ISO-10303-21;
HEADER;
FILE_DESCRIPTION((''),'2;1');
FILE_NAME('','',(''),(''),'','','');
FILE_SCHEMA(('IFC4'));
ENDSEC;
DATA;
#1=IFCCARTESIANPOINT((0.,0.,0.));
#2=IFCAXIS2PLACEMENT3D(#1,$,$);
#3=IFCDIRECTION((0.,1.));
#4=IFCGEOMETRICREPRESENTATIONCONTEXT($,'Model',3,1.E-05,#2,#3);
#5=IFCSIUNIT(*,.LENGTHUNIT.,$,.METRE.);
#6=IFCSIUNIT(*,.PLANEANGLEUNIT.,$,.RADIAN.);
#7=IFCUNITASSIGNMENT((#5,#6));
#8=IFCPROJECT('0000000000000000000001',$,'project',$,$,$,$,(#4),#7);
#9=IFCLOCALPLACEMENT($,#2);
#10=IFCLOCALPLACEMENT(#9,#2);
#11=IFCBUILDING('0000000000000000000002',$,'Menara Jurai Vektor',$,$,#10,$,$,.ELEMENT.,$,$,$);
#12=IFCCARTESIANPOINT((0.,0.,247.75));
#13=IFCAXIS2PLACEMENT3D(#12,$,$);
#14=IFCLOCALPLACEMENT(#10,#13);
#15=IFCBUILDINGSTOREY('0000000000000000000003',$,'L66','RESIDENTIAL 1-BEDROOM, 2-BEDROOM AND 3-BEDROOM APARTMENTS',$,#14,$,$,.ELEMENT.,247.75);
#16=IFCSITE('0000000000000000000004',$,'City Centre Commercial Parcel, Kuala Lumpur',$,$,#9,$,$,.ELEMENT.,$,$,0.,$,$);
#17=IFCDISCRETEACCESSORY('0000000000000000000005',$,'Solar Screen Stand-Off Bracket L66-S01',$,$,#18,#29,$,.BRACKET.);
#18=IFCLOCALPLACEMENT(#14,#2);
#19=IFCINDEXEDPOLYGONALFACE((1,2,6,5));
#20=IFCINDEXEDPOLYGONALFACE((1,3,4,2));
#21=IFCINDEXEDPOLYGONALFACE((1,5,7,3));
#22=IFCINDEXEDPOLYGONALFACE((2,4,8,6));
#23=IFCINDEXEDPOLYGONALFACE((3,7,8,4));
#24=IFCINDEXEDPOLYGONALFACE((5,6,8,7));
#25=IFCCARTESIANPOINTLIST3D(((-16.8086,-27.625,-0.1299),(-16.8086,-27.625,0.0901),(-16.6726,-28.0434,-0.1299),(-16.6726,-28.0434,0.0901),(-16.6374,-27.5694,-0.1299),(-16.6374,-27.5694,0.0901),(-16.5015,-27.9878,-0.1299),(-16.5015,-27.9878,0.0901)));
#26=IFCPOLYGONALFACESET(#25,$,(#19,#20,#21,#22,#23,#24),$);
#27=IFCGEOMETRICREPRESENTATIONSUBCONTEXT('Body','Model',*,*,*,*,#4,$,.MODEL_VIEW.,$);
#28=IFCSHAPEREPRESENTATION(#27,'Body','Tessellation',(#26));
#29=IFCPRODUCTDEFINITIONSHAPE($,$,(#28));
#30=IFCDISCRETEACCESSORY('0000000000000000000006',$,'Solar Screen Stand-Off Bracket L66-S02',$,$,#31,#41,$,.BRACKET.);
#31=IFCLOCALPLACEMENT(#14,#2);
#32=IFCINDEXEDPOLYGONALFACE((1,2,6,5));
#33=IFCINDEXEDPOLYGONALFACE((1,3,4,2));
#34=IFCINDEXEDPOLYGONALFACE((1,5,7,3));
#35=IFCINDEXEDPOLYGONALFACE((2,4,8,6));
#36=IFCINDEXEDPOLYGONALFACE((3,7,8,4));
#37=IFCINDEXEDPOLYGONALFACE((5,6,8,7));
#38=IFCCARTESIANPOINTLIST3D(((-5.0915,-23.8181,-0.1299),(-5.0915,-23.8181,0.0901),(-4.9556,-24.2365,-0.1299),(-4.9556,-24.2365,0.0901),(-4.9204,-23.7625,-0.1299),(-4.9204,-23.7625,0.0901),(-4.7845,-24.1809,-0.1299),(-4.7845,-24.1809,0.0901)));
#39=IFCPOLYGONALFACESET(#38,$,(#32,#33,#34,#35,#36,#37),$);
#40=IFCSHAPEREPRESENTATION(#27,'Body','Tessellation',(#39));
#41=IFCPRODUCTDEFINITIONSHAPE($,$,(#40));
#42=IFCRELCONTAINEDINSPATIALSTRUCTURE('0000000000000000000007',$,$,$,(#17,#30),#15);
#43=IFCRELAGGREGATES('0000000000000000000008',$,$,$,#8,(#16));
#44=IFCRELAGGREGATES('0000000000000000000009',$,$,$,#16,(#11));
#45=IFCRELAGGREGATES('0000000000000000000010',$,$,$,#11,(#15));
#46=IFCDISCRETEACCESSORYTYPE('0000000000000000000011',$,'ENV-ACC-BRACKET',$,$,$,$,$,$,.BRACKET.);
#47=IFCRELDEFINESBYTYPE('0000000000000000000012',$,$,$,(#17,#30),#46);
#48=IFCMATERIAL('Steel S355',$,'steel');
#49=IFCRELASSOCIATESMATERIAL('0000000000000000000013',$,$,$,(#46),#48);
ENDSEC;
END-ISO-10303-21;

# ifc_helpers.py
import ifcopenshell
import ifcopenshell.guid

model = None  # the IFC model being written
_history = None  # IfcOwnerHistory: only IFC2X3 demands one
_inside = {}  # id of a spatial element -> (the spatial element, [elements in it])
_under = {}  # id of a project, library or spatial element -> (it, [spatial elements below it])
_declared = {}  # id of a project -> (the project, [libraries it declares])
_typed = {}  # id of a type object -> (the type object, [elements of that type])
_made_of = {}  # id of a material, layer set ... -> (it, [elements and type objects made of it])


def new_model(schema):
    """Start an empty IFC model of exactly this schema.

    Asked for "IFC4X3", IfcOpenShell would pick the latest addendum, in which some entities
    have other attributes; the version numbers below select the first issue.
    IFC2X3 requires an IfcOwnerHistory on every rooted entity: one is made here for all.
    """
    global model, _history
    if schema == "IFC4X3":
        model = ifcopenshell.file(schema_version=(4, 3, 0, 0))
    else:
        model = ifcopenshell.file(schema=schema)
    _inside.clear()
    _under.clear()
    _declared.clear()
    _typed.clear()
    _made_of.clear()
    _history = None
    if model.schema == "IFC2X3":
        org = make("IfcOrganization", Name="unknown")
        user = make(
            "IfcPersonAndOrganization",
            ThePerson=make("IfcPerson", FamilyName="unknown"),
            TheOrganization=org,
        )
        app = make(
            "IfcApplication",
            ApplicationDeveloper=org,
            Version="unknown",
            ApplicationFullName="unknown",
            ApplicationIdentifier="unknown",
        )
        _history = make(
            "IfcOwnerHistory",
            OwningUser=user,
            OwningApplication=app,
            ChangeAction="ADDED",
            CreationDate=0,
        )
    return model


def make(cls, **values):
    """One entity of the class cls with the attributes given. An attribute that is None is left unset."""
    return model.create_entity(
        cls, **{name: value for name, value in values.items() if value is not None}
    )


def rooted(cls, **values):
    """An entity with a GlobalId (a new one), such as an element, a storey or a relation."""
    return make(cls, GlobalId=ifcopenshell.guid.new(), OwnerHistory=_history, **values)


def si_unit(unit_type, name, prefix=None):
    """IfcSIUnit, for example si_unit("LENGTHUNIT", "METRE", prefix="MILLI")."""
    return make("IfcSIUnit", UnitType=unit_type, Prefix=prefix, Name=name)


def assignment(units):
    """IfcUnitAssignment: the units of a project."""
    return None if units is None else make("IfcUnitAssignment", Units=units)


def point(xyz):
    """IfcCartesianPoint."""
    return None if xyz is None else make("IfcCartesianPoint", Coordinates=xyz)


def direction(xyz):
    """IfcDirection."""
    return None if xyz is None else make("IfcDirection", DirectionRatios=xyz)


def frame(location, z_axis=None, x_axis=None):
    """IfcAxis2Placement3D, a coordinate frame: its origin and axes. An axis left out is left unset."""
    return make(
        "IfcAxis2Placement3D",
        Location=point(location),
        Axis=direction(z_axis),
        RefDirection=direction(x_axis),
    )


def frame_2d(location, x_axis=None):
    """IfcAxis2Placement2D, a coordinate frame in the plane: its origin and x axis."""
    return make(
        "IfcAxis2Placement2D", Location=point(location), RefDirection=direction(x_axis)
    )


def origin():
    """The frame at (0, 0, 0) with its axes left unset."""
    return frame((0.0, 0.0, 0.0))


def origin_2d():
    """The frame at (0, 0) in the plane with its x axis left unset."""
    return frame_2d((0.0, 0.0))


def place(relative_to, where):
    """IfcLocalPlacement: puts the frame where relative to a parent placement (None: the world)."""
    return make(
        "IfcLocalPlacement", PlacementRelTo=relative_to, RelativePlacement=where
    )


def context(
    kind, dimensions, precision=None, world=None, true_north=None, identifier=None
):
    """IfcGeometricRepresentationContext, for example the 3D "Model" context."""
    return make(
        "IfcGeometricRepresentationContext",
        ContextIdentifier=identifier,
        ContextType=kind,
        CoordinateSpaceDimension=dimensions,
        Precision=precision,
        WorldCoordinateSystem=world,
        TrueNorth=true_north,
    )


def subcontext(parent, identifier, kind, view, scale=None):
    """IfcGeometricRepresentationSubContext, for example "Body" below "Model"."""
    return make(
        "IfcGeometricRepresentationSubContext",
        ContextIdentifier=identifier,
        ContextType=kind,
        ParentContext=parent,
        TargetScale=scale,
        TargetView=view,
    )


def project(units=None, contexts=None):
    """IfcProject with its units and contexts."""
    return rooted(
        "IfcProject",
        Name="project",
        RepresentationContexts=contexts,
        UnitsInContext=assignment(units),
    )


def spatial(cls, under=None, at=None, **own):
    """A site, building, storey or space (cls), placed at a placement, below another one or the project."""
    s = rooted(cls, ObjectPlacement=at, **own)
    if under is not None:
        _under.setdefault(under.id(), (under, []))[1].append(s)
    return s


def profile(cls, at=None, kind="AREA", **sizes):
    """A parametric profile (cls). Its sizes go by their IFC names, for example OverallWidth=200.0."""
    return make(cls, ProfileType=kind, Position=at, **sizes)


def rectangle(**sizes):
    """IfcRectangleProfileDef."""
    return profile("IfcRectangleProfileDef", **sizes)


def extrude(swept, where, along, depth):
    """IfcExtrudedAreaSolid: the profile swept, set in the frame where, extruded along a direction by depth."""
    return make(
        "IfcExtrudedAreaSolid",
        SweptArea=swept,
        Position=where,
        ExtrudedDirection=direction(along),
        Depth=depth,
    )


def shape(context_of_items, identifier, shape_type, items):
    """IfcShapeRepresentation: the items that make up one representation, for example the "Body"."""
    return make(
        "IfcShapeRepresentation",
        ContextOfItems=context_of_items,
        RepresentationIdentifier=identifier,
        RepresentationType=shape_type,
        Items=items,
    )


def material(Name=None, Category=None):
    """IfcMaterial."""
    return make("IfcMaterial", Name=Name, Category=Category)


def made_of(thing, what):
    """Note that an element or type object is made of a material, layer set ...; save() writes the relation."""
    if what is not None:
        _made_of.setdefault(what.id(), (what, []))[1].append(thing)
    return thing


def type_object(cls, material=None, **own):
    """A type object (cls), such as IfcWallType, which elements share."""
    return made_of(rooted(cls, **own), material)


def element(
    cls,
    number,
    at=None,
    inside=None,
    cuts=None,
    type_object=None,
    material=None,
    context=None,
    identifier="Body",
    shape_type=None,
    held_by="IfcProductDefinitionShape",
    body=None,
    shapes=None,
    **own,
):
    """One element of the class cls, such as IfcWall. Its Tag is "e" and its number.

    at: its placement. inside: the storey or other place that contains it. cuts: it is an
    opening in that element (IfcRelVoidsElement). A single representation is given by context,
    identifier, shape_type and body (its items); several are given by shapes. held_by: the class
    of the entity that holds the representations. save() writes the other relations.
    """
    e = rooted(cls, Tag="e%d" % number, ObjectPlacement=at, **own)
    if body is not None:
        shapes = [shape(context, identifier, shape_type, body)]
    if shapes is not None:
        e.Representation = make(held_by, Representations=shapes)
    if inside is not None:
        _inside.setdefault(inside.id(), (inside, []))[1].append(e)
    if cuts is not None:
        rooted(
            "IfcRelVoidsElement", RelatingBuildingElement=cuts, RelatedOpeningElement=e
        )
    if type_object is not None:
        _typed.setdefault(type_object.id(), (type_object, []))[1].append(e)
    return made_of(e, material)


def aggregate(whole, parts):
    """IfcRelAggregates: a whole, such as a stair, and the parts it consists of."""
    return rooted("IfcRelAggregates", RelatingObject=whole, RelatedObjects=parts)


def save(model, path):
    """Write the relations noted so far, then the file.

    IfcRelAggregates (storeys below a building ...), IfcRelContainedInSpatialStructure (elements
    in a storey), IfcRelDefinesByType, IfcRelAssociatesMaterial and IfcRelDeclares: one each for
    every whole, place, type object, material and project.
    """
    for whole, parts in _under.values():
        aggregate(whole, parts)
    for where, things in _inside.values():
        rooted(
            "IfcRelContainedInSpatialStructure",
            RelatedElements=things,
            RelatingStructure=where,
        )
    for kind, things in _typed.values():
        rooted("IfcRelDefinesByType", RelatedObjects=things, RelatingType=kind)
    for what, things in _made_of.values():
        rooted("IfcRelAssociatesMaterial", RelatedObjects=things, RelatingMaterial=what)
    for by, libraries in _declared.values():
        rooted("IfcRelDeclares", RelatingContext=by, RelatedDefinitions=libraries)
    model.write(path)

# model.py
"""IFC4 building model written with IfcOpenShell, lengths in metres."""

from ifc_helpers import new_model, si_unit, direction, frame, origin, origin_2d, place, context, subcontext, project, spatial, rectangle, extrude, material, type_object, element, save


model = new_model("IFC4")

# Units and contexts
model_context = context("Model", 3, precision=1e-05, world=origin(), true_north=direction((0.0, 1.0)))
body_context = subcontext(model_context, "Body", "Model", "MODEL_VIEW")
ifc_project = project(units=[si_unit("LENGTHUNIT", "METRE"), si_unit("PLANEANGLEUNIT", "RADIAN")], contexts=[model_context])

# Site, building, storey
site_placement = place(None, origin())
site = spatial("IfcSite", under=ifc_project, at=site_placement, Name="City Centre Commercial Parcel, Kuala Lumpur", CompositionType="ELEMENT", RefElevation=0.0)
building_placement = place(site_placement, origin())
building = spatial("IfcBuilding", under=site, at=building_placement, Name="Menara Jurai Vektor", CompositionType="ELEMENT")
storey_placement = place(building_placement, frame((0.0, 0.0, 247.75)))
storey = spatial("IfcBuildingStorey", under=building, at=storey_placement, Name="L66", Description="RESIDENTIAL 1-BEDROOM, 2-BEDROOM AND 3-BEDROOM APARTMENTS", CompositionType="ELEMENT", Elevation=247.75)

# Shared definitions
ifc_material_1 = material(Name="Steel S355", Category="steel")

# Discrete accessories
discrete_accessory_type = type_object("IfcDiscreteAccessoryType", Name="ENV-ACC-BRACKET", PredefinedType="BRACKET", material=ifc_material_1)
for number, where, z_axis, x_axis, name in (
    (1, (-16.655, -27.8064, -0.1299), (0.0, 0.0, 1.0), (0.951057, 0.309017, 0.0), "Solar Screen Stand-Off Bracket L66-S01"),
    (2, (-4.938, -23.9995, -0.1299), (0.0, 0.0, 1.0), (0.951057, 0.309017, 0.0), "Solar Screen Stand-Off Bracket L66-S02"),
):
    element("IfcDiscreteAccessory", number, at=place(storey_placement, frame(where, z_axis=z_axis, x_axis=x_axis)), inside=storey, type_object=discrete_accessory_type, Name=name, PredefinedType="BRACKET", context=body_context, shape_type="SweptSolid", body=[
        extrude(rectangle(XDim=0.1799, YDim=0.4399, at=origin_2d()), origin(), (0.0, 0.0, 1.0), 0.22),
    ])

save(model, "model.ifc")
